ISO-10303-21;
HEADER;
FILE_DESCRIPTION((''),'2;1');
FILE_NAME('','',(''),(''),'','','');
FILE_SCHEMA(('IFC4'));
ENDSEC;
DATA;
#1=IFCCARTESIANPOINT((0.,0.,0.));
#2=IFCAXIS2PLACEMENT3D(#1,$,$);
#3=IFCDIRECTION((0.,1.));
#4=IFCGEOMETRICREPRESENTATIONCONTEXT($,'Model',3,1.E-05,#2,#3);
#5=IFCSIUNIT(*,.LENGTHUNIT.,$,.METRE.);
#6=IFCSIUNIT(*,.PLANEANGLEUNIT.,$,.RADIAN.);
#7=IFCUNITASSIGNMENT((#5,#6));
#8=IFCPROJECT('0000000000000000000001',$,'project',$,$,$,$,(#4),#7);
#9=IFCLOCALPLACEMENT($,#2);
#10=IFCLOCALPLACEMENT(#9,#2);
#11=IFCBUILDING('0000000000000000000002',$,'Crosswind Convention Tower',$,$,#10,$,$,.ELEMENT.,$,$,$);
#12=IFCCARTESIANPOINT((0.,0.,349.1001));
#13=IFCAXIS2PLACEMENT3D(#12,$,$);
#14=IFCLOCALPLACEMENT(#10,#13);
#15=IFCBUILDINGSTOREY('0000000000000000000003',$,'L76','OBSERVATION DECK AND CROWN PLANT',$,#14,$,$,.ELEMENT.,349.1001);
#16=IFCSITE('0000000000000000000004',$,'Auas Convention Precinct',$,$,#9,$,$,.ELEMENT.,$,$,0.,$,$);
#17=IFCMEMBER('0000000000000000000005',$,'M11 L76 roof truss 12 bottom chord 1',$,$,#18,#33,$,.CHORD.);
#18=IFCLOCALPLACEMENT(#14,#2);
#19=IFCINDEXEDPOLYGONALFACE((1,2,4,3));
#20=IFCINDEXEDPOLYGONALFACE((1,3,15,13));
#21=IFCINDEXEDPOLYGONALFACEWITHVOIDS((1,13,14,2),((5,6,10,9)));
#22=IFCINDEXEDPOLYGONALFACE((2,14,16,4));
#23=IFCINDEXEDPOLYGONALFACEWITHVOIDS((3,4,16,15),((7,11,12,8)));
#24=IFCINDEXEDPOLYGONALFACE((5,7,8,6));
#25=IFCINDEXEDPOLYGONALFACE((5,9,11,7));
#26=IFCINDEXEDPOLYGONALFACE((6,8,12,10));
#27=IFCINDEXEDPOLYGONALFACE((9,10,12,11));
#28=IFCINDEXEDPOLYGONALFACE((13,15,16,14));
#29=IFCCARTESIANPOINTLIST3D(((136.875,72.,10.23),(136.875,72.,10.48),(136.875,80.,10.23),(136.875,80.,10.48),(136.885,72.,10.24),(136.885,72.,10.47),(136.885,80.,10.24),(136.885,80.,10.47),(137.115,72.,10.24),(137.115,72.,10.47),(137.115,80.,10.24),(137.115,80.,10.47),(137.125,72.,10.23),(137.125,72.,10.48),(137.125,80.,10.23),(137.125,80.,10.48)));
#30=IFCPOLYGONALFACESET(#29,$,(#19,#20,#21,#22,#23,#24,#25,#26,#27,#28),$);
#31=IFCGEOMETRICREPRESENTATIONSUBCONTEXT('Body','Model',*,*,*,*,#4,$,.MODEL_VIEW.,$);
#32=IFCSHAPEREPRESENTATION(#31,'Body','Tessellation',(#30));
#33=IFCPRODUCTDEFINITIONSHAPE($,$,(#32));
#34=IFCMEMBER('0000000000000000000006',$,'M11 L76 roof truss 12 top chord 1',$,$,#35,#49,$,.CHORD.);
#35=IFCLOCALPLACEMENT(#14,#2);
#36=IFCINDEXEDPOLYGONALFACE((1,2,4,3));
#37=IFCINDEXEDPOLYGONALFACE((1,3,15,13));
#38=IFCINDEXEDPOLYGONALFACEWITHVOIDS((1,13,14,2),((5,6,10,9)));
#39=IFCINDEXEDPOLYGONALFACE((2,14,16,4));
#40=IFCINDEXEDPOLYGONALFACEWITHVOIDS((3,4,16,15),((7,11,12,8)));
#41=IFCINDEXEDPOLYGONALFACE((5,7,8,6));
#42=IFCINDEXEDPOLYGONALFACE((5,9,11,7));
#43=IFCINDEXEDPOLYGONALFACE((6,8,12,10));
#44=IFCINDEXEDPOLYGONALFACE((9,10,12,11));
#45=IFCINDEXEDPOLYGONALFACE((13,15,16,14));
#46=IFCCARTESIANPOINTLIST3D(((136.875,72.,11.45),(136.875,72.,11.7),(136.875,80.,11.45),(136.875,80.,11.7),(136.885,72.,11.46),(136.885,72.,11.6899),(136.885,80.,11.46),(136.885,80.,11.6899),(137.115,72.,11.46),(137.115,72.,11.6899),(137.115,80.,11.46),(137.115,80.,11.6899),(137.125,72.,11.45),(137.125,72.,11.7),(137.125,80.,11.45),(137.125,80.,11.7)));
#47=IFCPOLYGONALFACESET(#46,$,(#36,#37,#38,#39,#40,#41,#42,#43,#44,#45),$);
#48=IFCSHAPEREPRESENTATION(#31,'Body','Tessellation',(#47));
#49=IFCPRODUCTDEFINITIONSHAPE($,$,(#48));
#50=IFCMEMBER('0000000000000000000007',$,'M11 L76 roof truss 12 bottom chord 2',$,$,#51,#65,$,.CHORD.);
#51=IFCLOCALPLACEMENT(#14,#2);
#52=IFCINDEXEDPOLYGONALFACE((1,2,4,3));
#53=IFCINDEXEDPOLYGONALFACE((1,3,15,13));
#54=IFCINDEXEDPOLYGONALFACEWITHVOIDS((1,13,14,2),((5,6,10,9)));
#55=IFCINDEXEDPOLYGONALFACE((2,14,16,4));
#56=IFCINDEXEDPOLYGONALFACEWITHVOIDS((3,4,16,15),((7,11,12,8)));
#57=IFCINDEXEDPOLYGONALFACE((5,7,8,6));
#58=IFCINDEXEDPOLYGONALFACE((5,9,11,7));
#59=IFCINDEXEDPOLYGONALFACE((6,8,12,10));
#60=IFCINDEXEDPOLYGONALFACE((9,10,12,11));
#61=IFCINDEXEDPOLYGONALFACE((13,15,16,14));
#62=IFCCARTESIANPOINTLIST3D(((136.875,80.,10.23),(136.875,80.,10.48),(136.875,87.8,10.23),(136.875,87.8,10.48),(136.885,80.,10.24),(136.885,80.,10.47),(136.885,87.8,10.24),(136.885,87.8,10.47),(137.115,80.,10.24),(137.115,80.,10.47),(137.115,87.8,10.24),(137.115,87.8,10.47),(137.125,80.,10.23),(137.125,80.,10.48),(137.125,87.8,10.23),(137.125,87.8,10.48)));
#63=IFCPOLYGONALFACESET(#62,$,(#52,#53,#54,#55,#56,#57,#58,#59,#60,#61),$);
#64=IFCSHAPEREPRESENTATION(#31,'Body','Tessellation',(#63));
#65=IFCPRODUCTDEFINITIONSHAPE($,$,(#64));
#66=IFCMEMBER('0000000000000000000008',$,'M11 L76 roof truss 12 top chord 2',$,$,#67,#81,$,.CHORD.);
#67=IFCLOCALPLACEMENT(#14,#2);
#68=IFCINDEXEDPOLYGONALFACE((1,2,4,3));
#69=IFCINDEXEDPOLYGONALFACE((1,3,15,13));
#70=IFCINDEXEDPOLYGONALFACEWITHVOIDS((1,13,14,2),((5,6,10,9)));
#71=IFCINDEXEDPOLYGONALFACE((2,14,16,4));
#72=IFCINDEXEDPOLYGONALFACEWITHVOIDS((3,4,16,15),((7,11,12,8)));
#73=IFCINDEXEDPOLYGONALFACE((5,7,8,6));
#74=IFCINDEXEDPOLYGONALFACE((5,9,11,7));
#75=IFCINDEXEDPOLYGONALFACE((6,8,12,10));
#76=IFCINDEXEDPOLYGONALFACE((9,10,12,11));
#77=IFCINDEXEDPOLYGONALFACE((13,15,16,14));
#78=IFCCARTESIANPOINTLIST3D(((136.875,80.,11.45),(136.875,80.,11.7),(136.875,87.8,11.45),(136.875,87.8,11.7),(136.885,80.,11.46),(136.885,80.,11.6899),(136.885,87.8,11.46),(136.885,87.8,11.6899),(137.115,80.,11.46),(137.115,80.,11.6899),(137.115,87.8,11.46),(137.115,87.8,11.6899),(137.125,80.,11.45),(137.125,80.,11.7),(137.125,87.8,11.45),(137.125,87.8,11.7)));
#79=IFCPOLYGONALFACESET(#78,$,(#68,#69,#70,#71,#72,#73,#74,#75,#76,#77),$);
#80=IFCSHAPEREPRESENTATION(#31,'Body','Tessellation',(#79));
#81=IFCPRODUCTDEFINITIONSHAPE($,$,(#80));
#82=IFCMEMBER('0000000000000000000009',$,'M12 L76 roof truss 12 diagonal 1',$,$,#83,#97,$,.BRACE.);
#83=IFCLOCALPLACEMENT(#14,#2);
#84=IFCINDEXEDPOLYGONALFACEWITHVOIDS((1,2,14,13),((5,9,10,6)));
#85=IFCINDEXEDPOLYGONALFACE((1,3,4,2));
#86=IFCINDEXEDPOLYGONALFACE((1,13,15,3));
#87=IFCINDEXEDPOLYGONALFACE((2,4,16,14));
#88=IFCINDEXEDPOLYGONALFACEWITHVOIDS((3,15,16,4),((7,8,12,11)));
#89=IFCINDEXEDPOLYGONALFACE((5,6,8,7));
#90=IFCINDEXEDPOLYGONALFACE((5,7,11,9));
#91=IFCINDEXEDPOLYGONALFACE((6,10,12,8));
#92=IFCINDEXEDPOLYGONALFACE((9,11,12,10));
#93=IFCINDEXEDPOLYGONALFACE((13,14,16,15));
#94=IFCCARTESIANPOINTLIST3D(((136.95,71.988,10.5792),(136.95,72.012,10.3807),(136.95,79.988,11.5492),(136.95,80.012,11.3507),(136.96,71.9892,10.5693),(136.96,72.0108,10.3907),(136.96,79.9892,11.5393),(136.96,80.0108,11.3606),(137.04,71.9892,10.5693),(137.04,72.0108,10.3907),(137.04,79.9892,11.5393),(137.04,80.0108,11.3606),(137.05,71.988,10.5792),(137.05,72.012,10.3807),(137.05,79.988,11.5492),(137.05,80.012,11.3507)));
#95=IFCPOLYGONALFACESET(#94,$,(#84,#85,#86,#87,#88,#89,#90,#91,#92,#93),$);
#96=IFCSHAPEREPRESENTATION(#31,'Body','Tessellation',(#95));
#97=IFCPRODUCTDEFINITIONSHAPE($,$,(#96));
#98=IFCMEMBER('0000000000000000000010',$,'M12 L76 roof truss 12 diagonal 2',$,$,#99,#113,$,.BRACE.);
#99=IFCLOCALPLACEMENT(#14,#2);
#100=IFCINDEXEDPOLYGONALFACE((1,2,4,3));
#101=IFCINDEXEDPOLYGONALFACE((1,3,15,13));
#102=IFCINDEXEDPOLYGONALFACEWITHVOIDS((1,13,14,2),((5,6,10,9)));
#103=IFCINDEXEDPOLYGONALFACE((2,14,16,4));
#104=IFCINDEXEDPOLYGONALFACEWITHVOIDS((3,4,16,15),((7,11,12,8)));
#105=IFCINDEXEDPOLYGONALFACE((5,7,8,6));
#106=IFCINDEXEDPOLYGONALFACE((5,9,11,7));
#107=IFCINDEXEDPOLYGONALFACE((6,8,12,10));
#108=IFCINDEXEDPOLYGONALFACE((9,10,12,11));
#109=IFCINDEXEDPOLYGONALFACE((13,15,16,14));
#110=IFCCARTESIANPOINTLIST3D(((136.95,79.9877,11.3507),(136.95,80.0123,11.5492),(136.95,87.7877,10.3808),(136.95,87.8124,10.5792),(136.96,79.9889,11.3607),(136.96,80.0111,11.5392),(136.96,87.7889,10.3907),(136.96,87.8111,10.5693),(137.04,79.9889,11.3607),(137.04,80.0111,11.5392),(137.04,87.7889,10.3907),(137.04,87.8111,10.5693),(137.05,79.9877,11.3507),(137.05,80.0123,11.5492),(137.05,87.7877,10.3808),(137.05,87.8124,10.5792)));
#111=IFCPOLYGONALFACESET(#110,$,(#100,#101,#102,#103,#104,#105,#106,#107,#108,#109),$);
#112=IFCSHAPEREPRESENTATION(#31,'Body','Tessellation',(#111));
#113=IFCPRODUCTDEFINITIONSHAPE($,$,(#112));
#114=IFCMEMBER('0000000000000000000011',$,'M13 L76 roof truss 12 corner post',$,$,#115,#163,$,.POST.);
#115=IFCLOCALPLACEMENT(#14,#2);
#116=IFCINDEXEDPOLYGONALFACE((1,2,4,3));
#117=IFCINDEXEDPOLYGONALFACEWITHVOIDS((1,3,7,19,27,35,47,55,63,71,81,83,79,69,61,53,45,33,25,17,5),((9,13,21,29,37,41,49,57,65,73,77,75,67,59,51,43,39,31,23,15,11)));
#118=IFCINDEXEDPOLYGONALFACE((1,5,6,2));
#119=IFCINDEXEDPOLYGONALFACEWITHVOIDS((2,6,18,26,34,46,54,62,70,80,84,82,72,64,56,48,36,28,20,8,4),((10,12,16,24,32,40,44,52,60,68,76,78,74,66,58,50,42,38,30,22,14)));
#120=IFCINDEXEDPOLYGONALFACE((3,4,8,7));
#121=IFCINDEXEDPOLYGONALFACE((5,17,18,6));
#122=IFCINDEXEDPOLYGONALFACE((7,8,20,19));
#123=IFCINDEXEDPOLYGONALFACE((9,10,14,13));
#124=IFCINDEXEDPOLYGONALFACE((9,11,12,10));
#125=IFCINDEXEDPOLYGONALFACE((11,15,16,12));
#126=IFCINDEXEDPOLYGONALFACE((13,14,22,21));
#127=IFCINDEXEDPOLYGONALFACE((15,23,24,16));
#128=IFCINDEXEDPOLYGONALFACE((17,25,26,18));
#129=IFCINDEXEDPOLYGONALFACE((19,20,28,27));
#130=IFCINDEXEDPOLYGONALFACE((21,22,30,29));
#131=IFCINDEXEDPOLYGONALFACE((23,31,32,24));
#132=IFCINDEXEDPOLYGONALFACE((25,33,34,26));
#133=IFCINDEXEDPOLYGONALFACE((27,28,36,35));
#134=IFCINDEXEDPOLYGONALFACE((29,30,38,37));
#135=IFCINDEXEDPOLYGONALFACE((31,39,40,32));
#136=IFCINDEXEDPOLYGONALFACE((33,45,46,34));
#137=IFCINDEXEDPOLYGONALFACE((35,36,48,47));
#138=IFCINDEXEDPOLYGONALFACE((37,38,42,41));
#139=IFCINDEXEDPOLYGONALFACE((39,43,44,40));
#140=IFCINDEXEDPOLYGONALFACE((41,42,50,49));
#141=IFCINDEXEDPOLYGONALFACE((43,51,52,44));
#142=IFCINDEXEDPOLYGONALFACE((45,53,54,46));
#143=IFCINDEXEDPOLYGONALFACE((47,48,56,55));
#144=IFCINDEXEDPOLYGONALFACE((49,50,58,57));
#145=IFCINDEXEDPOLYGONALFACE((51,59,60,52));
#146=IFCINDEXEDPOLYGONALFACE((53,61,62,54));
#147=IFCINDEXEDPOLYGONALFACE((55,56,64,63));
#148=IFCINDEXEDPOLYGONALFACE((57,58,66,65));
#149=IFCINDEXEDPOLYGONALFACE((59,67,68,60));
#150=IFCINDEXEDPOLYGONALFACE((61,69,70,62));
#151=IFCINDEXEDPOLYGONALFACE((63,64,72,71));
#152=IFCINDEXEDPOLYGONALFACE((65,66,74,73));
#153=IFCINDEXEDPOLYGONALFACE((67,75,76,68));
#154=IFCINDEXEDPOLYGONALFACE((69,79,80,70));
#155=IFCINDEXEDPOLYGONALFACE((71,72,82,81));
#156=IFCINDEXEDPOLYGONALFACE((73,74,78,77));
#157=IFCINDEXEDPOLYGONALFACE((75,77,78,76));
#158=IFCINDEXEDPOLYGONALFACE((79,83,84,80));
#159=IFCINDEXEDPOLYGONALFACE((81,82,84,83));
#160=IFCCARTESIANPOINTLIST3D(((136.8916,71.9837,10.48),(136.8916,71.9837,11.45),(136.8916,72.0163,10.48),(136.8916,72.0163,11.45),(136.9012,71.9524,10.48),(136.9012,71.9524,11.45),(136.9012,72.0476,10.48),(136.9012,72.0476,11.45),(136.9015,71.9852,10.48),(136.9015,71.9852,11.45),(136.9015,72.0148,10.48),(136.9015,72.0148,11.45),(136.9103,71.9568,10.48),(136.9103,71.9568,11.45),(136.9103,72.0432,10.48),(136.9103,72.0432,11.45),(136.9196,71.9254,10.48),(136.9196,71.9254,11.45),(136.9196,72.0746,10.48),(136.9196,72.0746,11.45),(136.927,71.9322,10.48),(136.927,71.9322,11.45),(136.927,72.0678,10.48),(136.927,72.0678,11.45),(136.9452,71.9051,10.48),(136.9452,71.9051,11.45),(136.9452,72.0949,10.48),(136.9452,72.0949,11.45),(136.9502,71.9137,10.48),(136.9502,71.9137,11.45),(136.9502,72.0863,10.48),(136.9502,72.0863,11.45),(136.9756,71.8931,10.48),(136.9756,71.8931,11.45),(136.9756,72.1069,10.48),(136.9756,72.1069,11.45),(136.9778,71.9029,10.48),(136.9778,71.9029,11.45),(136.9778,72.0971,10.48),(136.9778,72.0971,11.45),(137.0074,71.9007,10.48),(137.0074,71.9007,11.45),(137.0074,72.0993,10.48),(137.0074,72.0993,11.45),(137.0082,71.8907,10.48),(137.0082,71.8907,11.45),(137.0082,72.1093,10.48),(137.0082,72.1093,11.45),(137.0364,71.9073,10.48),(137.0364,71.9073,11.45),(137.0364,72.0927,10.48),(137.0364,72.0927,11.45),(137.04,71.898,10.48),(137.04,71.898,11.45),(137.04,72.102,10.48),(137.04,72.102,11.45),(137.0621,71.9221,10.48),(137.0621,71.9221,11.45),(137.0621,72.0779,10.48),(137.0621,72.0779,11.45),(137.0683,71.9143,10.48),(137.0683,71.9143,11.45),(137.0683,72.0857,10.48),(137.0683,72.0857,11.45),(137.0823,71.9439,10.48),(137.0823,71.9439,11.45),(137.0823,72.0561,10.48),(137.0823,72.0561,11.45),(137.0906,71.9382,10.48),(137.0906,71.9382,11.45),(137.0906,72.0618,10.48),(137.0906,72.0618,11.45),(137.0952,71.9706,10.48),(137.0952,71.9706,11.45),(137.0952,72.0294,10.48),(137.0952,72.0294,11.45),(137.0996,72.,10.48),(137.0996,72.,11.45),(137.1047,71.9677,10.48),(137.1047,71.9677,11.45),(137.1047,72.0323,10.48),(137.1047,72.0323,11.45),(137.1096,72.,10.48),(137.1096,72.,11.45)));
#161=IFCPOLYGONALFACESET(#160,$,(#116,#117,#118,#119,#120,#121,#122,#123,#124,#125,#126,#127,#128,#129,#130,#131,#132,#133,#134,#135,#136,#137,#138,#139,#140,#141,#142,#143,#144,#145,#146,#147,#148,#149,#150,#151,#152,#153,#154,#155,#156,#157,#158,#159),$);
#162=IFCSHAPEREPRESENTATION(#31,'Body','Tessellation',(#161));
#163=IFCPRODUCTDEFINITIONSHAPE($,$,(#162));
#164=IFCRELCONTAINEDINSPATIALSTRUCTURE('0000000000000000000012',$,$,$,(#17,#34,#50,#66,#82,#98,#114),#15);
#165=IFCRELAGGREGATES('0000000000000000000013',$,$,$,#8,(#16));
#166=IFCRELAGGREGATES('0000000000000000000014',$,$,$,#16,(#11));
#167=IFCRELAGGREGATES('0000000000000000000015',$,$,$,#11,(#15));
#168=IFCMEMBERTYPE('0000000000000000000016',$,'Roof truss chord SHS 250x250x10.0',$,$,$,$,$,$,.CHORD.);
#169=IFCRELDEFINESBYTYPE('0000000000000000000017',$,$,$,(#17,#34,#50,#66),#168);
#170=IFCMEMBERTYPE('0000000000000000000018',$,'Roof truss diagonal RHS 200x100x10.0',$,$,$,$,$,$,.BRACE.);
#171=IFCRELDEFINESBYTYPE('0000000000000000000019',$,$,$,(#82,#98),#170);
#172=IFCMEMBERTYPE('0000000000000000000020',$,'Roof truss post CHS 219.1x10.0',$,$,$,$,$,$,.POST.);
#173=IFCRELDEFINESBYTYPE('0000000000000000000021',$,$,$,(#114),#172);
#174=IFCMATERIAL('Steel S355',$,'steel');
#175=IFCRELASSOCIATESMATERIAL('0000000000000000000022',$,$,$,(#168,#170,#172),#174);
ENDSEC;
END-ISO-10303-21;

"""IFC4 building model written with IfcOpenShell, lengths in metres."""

from ifc_helpers import new_model, si_unit, direction, frame, origin, origin_2d, place, context, subcontext, project, spatial, hollow_rectangle, hollow_circle, extrude, material, material_profile, profile_set, type_object, element, save


model = new_model("IFC4")

# Units and contexts
model_context = context("Model", 3, precision=1e-05, world=origin(), true_north=direction((0.0, 1.0)))
body_context = subcontext(model_context, "Body", "Model", "MODEL_VIEW")
ifc_project = project(units=[si_unit("LENGTHUNIT", "METRE"), si_unit("PLANEANGLEUNIT", "RADIAN")], contexts=[model_context])

# Site, building, storey
site_placement = place(None, origin())
site = spatial("IfcSite", under=ifc_project, at=site_placement, Name="Auas Convention Precinct", CompositionType="ELEMENT", RefElevation=0.0)
building_placement = place(site_placement, origin())
building = spatial("IfcBuilding", under=site, at=building_placement, Name="Crosswind Convention Tower", CompositionType="ELEMENT")
storey_placement = place(building_placement, frame((0.0, 0.0, 349.1001)))
storey = spatial("IfcBuildingStorey", under=building, at=storey_placement, Name="L76", Description="OBSERVATION DECK AND CROWN PLANT", CompositionType="ELEMENT", Elevation=349.1001)

# Shared definitions
ifc_material_1 = material(Name="Steel S355", Category="steel")

# Members
ifc_material_profile_1 = material_profile(ifc_material_1, hollow_rectangle(XDim=0.25, YDim=0.25, WallThickness=0.01, at=origin_2d()), Name="SHS 250x250x10.0")
ifc_profile_set_1 = profile_set([ifc_material_profile_1], Name="Steel S355")
member_type_1 = type_object("IfcMemberType", Name="Roof truss chord SHS 250x250x10.0", PredefinedType="CHORD", material=ifc_profile_set_1)
for number, where, z_axis, x_axis, name in (
    (1, (137.0, 72.0, 10.355), (0.0, 1.0, 0.0), (-1.0, 0.0, 0.0), "M11 L76 roof truss 12 bottom chord 1"),
    (2, (137.0, 72.0, 11.575), (0.0, 1.0, 0.0), (-1.0, 0.0, 0.0), "M11 L76 roof truss 12 top chord 1"),
):
    element("IfcMember", number, at=place(storey_placement, frame(where, z_axis=z_axis, x_axis=x_axis)), inside=storey, type_object=member_type_1, Name=name, PredefinedType="CHORD", context=body_context, shape_type="SweptSolid", body=[
        extrude(hollow_rectangle(XDim=0.25, YDim=0.25, WallThickness=0.01, at=origin_2d()), origin(), (0.0, 0.0, 1.0), 8.0),
    ])
for number, where, z_axis, x_axis, name in (
    (3, (137.0, 80.0, 10.355), (0.0, 1.0, 0.0), (-1.0, 0.0, 0.0), "M11 L76 roof truss 12 bottom chord 2"),
    (4, (137.0, 80.0, 11.575), (0.0, 1.0, 0.0), (-1.0, 0.0, 0.0), "M11 L76 roof truss 12 top chord 2"),
):
    element("IfcMember", number, at=place(storey_placement, frame(where, z_axis=z_axis, x_axis=x_axis)), inside=storey, type_object=member_type_1, Name=name, PredefinedType="CHORD", context=body_context, shape_type="SweptSolid", body=[
        extrude(hollow_rectangle(XDim=0.25, YDim=0.25, WallThickness=0.01, at=origin_2d()), origin(), (0.0, 0.0, 1.0), 7.8),
    ])
ifc_material_profile_2 = material_profile(ifc_material_1, hollow_rectangle(XDim=0.1001, YDim=0.2, WallThickness=0.01, at=origin_2d()), Name="RHS 200x100x10.0")
ifc_profile_set_2 = profile_set([ifc_material_profile_2], Name="Steel S355")
member_type_2 = type_object("IfcMemberType", Name="Roof truss diagonal RHS 200x100x10.0", PredefinedType="BRACE", material=ifc_profile_set_2)
member_1_placement = place(storey_placement, frame((137.0, 72.0, 10.48), z_axis=(0.0, 0.99273, 0.120365), x_axis=(-1.0, 0.0, 0.0)))
element("IfcMember", 5, at=member_1_placement, inside=storey, type_object=member_type_2, Name="M12 L76 roof truss 12 diagonal 1", PredefinedType="BRACE", context=body_context, shape_type="SweptSolid", body=[
    extrude(hollow_rectangle(XDim=0.1001, YDim=0.2, WallThickness=0.01, at=origin_2d()), origin(), (0.0, 0.0, 1.0), 8.0586),
])
member_2_placement = place(storey_placement, frame((137.0, 80.0, 11.45), z_axis=(0.0, 0.992357, -0.123404), x_axis=(-1.0, 0.0, 0.0)))
element("IfcMember", 6, at=member_2_placement, inside=storey, type_object=member_type_2, Name="M12 L76 roof truss 12 diagonal 2", PredefinedType="BRACE", context=body_context, shape_type="SweptSolid", body=[
    extrude(hollow_rectangle(XDim=0.1001, YDim=0.2, WallThickness=0.01, at=origin_2d()), origin(), (0.0, 0.0, 1.0), 7.8601),
])
ifc_material_profile_3 = material_profile(ifc_material_1, hollow_circle(Radius=0.1096, WallThickness=0.01, at=origin_2d()), Name="CHS 219.1x10.0")
ifc_profile_set_3 = profile_set([ifc_material_profile_3], Name="Steel S355")
member_type_3 = type_object("IfcMemberType", Name="Roof truss post CHS 219.1x10.0", PredefinedType="POST", material=ifc_profile_set_3)
for number, where, z_axis, x_axis, name in (
    (7, (137.0, 72.0, 10.48), (0.0, 0.0, 1.0), (1.0, 0.0, 0.0), "M13 L76 roof truss 12 corner post"),
):
    element("IfcMember", number, at=place(storey_placement, frame(where, z_axis=z_axis, x_axis=x_axis)), inside=storey, type_object=member_type_3, Name=name, PredefinedType="POST", context=body_context, shape_type="SweptSolid", body=[
        extrude(hollow_circle(Radius=0.1096, WallThickness=0.01, at=origin_2d()), origin(), (0.0, 0.0, 1.0), 0.97),
    ])

save(model, "model.ifc")
